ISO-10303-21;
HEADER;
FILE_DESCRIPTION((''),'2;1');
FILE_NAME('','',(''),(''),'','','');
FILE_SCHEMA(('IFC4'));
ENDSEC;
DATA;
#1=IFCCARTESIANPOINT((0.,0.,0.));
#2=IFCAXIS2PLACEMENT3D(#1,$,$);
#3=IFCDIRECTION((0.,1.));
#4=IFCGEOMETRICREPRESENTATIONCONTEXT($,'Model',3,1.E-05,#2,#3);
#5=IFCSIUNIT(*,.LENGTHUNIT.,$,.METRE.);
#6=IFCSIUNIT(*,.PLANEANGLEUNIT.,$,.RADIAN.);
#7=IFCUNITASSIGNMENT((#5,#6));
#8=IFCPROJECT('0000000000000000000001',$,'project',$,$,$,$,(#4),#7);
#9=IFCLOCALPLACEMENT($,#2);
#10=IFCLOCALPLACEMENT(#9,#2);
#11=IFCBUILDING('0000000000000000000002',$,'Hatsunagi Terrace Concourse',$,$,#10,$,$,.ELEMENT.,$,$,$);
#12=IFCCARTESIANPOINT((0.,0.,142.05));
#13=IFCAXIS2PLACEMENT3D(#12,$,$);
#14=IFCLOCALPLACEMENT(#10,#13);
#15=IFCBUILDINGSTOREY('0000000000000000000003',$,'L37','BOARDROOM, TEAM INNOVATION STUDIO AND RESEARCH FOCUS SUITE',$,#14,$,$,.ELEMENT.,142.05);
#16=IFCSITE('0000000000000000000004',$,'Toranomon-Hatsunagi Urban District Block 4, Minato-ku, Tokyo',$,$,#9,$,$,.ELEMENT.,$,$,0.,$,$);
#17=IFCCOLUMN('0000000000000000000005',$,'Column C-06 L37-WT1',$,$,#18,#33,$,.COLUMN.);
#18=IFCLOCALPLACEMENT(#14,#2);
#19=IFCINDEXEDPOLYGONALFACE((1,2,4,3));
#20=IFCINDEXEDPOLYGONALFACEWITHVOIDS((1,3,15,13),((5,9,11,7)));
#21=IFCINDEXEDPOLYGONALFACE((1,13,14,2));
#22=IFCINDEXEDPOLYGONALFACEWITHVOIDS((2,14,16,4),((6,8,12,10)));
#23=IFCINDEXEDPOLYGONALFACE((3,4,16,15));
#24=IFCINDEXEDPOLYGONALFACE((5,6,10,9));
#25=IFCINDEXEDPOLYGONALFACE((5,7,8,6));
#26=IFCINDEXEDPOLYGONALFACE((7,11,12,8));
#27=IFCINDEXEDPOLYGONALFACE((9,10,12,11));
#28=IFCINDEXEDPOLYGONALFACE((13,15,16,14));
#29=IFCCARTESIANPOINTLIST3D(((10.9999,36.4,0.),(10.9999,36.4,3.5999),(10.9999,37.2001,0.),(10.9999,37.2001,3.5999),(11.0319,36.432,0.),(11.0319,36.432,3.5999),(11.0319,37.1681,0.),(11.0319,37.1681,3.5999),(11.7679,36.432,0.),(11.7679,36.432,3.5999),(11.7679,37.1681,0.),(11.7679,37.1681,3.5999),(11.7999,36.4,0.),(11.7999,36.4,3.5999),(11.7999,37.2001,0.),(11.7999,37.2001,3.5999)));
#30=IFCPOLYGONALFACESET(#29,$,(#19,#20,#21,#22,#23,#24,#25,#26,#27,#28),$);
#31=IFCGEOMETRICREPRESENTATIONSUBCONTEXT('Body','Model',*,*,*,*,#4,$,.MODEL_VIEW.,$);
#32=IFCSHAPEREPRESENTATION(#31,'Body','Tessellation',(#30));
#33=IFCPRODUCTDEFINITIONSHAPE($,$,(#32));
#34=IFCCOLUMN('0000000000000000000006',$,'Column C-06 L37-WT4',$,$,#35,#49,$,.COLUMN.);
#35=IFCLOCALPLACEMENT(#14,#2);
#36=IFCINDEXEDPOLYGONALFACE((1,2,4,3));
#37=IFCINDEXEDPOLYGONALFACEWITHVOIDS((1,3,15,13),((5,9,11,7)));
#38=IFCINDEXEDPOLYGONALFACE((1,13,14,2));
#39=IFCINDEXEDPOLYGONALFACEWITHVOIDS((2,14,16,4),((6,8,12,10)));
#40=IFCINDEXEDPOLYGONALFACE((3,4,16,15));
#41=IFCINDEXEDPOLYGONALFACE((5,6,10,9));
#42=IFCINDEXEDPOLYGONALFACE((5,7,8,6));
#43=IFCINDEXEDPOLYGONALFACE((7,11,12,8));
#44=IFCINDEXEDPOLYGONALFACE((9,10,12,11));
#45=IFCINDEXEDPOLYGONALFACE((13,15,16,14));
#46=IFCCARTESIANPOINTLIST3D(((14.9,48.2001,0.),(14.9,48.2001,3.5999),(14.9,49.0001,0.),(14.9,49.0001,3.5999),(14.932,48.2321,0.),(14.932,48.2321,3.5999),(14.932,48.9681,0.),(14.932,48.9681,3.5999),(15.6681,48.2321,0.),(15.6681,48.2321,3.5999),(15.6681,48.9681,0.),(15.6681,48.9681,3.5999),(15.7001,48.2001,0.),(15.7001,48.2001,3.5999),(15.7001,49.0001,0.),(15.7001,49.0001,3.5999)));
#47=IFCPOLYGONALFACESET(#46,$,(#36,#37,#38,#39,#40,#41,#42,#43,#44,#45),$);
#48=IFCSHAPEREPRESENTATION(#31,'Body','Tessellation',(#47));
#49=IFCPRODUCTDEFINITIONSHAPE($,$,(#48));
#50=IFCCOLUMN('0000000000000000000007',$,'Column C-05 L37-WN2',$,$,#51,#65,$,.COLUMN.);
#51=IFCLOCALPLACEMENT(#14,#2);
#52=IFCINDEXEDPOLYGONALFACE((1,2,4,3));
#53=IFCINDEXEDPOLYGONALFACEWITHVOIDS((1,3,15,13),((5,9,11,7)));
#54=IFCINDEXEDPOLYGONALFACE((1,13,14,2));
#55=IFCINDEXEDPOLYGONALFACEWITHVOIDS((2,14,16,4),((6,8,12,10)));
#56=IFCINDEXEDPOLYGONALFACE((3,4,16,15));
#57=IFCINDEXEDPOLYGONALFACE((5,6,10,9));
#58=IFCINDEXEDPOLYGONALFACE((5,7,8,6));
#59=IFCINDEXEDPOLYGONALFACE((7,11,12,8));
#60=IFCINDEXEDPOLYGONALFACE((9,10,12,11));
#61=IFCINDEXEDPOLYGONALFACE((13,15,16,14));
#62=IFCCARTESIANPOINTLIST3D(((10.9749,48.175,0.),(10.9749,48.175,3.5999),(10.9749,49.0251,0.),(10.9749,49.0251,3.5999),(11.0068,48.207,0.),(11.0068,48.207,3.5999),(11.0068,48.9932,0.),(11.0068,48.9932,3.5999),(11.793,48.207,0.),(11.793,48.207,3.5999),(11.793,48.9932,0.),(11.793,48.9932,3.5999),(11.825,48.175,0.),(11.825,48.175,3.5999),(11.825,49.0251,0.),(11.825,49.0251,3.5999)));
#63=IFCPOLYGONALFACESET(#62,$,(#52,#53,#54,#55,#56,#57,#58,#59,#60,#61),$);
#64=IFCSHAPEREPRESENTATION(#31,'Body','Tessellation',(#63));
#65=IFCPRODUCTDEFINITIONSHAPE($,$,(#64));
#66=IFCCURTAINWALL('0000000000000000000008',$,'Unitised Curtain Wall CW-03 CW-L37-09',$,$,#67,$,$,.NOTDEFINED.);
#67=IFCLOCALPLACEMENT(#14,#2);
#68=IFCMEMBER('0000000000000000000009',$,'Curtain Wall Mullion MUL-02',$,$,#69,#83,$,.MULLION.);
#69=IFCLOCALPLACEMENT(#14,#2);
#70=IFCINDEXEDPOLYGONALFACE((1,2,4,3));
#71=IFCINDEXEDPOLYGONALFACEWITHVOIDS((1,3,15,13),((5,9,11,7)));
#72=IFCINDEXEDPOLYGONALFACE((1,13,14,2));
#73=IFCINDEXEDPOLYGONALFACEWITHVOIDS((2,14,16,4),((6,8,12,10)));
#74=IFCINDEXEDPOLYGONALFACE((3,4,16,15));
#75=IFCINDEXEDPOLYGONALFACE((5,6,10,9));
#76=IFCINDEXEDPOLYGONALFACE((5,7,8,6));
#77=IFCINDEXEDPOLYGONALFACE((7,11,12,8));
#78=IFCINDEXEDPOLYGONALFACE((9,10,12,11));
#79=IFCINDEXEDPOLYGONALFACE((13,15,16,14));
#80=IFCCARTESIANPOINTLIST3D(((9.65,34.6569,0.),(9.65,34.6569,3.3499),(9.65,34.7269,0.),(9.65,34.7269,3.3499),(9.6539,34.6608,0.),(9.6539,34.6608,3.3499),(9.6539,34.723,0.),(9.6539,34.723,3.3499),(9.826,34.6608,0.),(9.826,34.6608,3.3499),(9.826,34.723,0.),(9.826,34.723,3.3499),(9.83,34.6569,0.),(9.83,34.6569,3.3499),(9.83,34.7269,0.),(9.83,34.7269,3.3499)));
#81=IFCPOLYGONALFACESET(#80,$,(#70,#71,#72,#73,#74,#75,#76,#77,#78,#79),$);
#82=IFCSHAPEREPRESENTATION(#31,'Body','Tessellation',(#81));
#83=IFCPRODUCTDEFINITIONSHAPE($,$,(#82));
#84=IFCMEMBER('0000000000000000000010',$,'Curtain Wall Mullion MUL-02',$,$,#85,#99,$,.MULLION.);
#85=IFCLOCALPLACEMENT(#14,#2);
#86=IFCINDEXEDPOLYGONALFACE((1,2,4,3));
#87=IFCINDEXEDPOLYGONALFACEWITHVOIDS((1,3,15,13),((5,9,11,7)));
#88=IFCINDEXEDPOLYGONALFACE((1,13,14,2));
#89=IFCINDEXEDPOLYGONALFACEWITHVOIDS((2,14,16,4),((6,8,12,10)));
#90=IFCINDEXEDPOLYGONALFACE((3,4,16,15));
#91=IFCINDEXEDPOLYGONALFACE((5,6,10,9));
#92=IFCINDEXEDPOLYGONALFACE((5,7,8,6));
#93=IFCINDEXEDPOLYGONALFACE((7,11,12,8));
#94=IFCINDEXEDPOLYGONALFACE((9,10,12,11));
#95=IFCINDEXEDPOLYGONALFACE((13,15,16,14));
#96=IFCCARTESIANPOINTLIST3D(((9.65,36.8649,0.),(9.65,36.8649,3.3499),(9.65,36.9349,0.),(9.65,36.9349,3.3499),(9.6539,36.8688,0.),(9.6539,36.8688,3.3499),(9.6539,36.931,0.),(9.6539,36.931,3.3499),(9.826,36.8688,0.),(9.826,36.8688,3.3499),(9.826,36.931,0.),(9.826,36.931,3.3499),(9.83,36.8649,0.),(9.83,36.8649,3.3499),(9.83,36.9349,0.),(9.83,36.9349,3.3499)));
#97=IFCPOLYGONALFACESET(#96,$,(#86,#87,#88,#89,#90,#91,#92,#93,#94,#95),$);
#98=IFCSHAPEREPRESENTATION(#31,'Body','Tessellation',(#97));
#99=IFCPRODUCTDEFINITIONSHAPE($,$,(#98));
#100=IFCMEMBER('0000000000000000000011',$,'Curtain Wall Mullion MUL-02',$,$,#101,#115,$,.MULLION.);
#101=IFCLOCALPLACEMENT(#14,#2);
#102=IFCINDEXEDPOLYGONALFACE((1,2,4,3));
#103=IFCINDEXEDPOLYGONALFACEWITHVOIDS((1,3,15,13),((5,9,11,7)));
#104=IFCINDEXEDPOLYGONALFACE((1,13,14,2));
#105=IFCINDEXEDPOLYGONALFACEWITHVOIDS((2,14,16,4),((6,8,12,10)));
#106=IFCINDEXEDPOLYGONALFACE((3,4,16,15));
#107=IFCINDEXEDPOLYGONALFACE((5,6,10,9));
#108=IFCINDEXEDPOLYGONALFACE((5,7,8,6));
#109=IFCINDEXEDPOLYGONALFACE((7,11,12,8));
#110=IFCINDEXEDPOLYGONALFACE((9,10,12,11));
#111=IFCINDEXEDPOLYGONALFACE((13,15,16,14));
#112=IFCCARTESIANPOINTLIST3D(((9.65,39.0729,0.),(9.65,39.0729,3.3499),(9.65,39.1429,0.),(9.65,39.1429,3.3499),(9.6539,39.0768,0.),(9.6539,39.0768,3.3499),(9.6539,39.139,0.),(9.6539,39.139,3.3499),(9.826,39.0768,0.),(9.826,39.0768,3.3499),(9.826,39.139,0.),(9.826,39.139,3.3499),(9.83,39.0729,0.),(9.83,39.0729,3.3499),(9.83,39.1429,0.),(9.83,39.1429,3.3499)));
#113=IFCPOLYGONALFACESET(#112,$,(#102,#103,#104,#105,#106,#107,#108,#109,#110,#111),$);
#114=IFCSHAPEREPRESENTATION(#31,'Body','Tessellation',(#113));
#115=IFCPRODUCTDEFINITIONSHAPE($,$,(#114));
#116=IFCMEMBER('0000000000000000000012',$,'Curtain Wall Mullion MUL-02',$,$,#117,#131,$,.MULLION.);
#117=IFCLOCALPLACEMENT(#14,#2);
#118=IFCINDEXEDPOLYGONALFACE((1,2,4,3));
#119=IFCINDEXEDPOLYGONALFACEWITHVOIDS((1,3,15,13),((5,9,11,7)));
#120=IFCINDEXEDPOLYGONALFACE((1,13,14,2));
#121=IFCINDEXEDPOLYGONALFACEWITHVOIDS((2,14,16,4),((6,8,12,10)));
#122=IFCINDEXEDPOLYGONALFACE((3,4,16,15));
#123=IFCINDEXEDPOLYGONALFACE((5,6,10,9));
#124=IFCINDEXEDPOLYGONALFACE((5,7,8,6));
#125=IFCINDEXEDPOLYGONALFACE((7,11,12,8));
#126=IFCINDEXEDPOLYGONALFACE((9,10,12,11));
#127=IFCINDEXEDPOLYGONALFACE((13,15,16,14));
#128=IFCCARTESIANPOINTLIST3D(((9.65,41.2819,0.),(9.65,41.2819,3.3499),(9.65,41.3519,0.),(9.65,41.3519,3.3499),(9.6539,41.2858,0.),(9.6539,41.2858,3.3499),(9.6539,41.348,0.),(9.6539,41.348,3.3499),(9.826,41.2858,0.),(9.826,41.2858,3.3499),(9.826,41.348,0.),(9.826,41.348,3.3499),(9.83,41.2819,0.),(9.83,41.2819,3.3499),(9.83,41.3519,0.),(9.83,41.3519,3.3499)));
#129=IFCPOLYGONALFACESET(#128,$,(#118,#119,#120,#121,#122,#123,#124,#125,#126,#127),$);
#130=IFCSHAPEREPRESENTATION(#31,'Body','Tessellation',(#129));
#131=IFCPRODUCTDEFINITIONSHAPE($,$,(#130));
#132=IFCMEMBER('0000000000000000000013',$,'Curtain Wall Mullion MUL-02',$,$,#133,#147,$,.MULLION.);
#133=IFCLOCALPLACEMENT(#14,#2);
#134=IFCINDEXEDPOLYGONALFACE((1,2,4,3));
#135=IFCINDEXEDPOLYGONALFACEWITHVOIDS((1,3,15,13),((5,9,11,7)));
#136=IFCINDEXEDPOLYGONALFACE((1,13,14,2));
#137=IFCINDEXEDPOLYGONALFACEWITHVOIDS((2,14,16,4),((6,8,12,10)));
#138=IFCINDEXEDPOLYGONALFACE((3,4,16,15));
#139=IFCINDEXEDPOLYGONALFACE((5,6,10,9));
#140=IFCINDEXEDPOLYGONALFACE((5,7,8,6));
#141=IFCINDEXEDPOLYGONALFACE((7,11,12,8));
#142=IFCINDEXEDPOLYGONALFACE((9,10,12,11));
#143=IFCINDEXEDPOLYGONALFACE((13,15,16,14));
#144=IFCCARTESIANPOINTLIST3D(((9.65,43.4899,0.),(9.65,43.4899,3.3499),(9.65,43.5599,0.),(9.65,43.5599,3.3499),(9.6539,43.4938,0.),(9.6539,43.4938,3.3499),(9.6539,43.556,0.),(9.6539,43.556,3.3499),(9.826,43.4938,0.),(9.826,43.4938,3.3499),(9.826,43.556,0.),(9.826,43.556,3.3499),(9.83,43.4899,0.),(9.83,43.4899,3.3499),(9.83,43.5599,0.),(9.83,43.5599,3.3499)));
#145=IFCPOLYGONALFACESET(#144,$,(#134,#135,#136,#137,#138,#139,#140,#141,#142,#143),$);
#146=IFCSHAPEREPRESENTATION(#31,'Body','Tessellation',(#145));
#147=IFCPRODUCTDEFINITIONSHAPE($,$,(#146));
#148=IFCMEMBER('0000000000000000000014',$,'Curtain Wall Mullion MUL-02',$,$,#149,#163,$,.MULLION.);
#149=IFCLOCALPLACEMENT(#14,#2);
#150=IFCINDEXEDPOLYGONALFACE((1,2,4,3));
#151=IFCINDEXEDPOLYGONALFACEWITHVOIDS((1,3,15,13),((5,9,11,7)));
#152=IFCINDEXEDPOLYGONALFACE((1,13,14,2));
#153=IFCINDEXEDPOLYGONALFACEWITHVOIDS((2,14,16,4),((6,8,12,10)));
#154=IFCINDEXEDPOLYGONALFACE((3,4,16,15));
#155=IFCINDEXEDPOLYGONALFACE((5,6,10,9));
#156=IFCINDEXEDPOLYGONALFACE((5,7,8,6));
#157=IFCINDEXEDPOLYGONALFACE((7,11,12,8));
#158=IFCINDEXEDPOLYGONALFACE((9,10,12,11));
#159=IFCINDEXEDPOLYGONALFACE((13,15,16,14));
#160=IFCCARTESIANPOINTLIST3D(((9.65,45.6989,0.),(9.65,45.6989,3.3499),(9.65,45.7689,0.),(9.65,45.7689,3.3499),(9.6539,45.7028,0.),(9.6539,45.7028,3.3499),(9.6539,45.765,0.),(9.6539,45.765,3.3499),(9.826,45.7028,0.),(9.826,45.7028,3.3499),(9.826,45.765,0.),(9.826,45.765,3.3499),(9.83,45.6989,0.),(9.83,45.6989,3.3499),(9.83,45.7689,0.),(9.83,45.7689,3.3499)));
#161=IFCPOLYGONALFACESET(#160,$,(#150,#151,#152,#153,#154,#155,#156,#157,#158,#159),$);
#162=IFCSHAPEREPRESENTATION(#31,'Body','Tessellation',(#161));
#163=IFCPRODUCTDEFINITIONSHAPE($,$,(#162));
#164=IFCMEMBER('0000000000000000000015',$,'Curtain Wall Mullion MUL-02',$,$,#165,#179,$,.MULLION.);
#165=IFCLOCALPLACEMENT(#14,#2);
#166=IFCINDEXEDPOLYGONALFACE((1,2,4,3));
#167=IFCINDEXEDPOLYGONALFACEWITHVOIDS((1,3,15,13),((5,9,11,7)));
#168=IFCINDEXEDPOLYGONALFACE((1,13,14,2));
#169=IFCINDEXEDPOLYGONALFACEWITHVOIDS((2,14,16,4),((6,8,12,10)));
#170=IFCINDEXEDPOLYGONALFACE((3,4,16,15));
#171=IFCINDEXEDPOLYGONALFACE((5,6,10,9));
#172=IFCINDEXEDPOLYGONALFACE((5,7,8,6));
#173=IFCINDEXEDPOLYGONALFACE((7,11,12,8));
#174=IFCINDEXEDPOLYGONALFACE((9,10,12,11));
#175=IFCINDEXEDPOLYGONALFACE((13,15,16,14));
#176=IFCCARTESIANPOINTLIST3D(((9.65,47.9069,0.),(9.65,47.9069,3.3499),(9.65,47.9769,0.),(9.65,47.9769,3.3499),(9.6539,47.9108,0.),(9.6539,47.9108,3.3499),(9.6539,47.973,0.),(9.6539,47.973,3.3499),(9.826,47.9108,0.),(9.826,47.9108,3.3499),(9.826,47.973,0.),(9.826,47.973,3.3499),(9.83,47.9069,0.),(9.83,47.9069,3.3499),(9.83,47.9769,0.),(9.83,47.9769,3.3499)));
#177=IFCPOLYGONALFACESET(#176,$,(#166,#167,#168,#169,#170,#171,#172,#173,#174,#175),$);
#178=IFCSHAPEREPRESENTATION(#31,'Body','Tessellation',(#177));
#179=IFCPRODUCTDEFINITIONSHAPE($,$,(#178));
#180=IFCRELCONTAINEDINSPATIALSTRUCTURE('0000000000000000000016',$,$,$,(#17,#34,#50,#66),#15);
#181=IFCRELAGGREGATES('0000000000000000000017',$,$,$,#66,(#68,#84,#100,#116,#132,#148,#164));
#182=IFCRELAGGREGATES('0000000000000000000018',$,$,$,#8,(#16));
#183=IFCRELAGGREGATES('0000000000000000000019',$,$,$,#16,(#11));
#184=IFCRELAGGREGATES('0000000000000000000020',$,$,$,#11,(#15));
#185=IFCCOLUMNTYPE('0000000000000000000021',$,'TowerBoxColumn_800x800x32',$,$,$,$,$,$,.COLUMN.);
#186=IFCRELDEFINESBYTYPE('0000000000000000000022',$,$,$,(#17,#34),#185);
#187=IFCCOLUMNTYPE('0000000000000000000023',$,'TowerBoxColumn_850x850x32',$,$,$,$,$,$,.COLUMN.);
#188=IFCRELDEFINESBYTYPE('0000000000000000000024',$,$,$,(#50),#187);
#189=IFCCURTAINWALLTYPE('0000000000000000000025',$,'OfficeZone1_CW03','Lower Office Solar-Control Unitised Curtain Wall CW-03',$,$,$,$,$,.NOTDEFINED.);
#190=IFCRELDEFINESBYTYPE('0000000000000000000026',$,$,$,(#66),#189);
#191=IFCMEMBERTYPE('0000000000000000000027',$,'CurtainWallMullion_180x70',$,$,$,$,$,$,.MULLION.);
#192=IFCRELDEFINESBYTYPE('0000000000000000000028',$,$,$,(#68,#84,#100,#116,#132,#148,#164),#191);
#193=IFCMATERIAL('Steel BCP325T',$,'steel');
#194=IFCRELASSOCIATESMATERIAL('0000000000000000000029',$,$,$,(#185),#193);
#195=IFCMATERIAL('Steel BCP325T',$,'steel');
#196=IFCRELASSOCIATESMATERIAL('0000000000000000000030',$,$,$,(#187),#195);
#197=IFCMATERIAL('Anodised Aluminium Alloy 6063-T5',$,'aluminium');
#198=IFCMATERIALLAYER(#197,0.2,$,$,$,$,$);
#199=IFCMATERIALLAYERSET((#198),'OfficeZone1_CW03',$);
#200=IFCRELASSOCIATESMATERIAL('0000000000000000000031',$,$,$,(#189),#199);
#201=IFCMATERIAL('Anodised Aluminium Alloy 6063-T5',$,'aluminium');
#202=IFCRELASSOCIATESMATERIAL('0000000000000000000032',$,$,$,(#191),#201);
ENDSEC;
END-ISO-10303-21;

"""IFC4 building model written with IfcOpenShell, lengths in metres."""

from ifc_helpers import new_model, si_unit, direction, frame, origin, origin_2d, place, context, subcontext, project, spatial, hollow_rectangle, extrude, material, layer, layer_set, material_profile, profile_set, type_object, element, aggregate, save


model = new_model("IFC4")

# Units and contexts
model_context = context("Model", 3, precision=1e-05, world=origin(), true_north=direction((0.0, 1.0)))
body_context = subcontext(model_context, "Body", "Model", "MODEL_VIEW")
ifc_project = project(units=[si_unit("LENGTHUNIT", "METRE"), si_unit("PLANEANGLEUNIT", "RADIAN")], contexts=[model_context])

# Site, building, storey
site_placement = place(None, origin())
site = spatial("IfcSite", under=ifc_project, at=site_placement, Name="Toranomon-Hatsunagi Urban District Block 4, Minato-ku, Tokyo", CompositionType="ELEMENT", RefElevation=0.0)
building_placement = place(site_placement, origin())
building = spatial("IfcBuilding", under=site, at=building_placement, Name="Hatsunagi Terrace Concourse", CompositionType="ELEMENT")
storey_placement = place(building_placement, frame((0.0, 0.0, 142.05)))
storey = spatial("IfcBuildingStorey", under=building, at=storey_placement, Name="L37", Description="BOARDROOM, TEAM INNOVATION STUDIO AND RESEARCH FOCUS SUITE", CompositionType="ELEMENT", Elevation=142.05)

# Columns
ifc_material_1 = material(Name="Steel BCP325T", Category="steel")
ifc_material_profile_1 = material_profile(ifc_material_1, hollow_rectangle(XDim=0.8, YDim=0.8, WallThickness=0.032, at=origin_2d()), Name="BCP-800x800x32")
ifc_profile_set_1 = profile_set([ifc_material_profile_1], Name="Steel BCP325T")
column_type_1 = type_object("IfcColumnType", Name="TowerBoxColumn_800x800x32", PredefinedType="COLUMN", material=ifc_profile_set_1)
for number, where, z_axis, x_axis, name in (
    (1, (11.3999, 36.8, 0.0), (0.0, 0.0, 1.0), (1.0, 0.0, 0.0), "Column C-06 L37-WT1"),
    (2, (15.3, 48.6001, 0.0), (0.0, 0.0, 1.0), (1.0, 0.0, 0.0), "Column C-06 L37-WT4"),
):
    element("IfcColumn", number, at=place(storey_placement, frame(where, z_axis=z_axis, x_axis=x_axis)), inside=storey, type_object=column_type_1, Name=name, PredefinedType="COLUMN", context=body_context, shape_type="SweptSolid", body=[
        extrude(hollow_rectangle(XDim=0.8, YDim=0.8, WallThickness=0.032, at=origin_2d()), origin(), (0.0, 0.0, 1.0), 3.5999),
    ])
ifc_material_2 = material(Name="Steel BCP325T", Category="steel")
ifc_material_profile_2 = material_profile(ifc_material_2, hollow_rectangle(XDim=0.8501, YDim=0.8501, WallThickness=0.032, at=origin_2d()), Name="BCP-850x850x32")
ifc_profile_set_2 = profile_set([ifc_material_profile_2], Name="Steel BCP325T")
column_type_2 = type_object("IfcColumnType", Name="TowerBoxColumn_850x850x32", PredefinedType="COLUMN", material=ifc_profile_set_2)
column_placement = place(storey_placement, frame((11.3999, 48.6001, 0.0), z_axis=(0.0, 0.0, 1.0), x_axis=(1.0, 0.0, 0.0)))
element("IfcColumn", 3, at=column_placement, inside=storey, type_object=column_type_2, Name="Column C-05 L37-WN2", PredefinedType="COLUMN", context=body_context, shape_type="SweptSolid", body=[
    extrude(hollow_rectangle(XDim=0.8501, YDim=0.8501, WallThickness=0.032, at=origin_2d()), origin(), (0.0, 0.0, 1.0), 3.5999),
])

# Curtain wall, members
ifc_material_3 = material(Name="Anodised Aluminium Alloy 6063-T5", Category="aluminium")
ifc_layer_1 = layer(ifc_material_3, 0.2)
ifc_layer_set_1 = layer_set([ifc_layer_1], Name="OfficeZone1_CW03")
curtain_wall_type = type_object("IfcCurtainWallType", Name="OfficeZone1_CW03", Description="Lower Office Solar-Control Unitised Curtain Wall CW-03", PredefinedType="NOTDEFINED", material=ifc_layer_set_1)
curtain_wall_placement = place(storey_placement, origin())
curtain_wall = element("IfcCurtainWall", 4, at=curtain_wall_placement, inside=storey, type_object=curtain_wall_type, Name="Unitised Curtain Wall CW-03 CW-L37-09", PredefinedType="NOTDEFINED")
ifc_material_4 = material(Name="Anodised Aluminium Alloy 6063-T5", Category="aluminium")
ifc_material_profile_3 = material_profile(ifc_material_4, hollow_rectangle(XDim=0.0701, YDim=0.1799, WallThickness=0.0039, at=origin_2d()), Name="ALU-MUL-180x70x4")
ifc_profile_set_3 = profile_set([ifc_material_profile_3], Name="Anodised Aluminium Alloy 6063-T5")
member_type = type_object("IfcMemberType", Name="CurtainWallMullion_180x70", PredefinedType="MULLION", material=ifc_profile_set_3)
member_1_placement = place(storey_placement, frame((9.74, 34.6919, 0.0), z_axis=(0.0, 0.0, 1.0), x_axis=(0.0, 1.0, 0.0)))
member_1 = element("IfcMember", 5, at=member_1_placement, type_object=member_type, Name="Curtain Wall Mullion MUL-02", PredefinedType="MULLION", context=body_context, shape_type="SweptSolid", body=[
    extrude(hollow_rectangle(XDim=0.0701, YDim=0.1799, WallThickness=0.0039, at=origin_2d()), origin(), (0.0, 0.0, 1.0), 3.3499),
])
member_2_placement = place(storey_placement, frame((9.74, 36.8999, 0.0), z_axis=(0.0, 0.0, 1.0), x_axis=(0.0, 1.0, 0.0)))
member_2 = element("IfcMember", 6, at=member_2_placement, type_object=member_type, Name="Curtain Wall Mullion MUL-02", PredefinedType="MULLION", context=body_context, shape_type="SweptSolid", body=[
    extrude(hollow_rectangle(XDim=0.0701, YDim=0.1799, WallThickness=0.0039, at=origin_2d()), origin(), (0.0, 0.0, 1.0), 3.3499),
])
member_3_placement = place(storey_placement, frame((9.74, 39.1079, 0.0), z_axis=(0.0, 0.0, 1.0), x_axis=(0.0, 1.0, 0.0)))
member_3 = element("IfcMember", 7, at=member_3_placement, type_object=member_type, Name="Curtain Wall Mullion MUL-02", PredefinedType="MULLION", context=body_context, shape_type="SweptSolid", body=[
    extrude(hollow_rectangle(XDim=0.0701, YDim=0.1799, WallThickness=0.0039, at=origin_2d()), origin(), (0.0, 0.0, 1.0), 3.3499),
])
member_4_placement = place(storey_placement, frame((9.74, 41.3169, 0.0), z_axis=(0.0, 0.0, 1.0), x_axis=(0.0, 1.0, 0.0)))
member_4 = element("IfcMember", 8, at=member_4_placement, type_object=member_type, Name="Curtain Wall Mullion MUL-02", PredefinedType="MULLION", context=body_context, shape_type="SweptSolid", body=[
    extrude(hollow_rectangle(XDim=0.0701, YDim=0.1799, WallThickness=0.0039, at=origin_2d()), origin(), (0.0, 0.0, 1.0), 3.3499),
])
member_5_placement = place(storey_placement, frame((9.74, 43.5249, 0.0), z_axis=(0.0, 0.0, 1.0), x_axis=(0.0, 1.0, 0.0)))
member_5 = element("IfcMember", 9, at=member_5_placement, type_object=member_type, Name="Curtain Wall Mullion MUL-02", PredefinedType="MULLION", context=body_context, shape_type="SweptSolid", body=[
    extrude(hollow_rectangle(XDim=0.0701, YDim=0.1799, WallThickness=0.0039, at=origin_2d()), origin(), (0.0, 0.0, 1.0), 3.3499),
])
member_6_placement = place(storey_placement, frame((9.74, 45.7339, 0.0), z_axis=(0.0, 0.0, 1.0), x_axis=(0.0, 1.0, 0.0)))
member_6 = element("IfcMember", 10, at=member_6_placement, type_object=member_type, Name="Curtain Wall Mullion MUL-02", PredefinedType="MULLION", context=body_context, shape_type="SweptSolid", body=[
    extrude(hollow_rectangle(XDim=0.0701, YDim=0.1799, WallThickness=0.0039, at=origin_2d()), origin(), (0.0, 0.0, 1.0), 3.3499),
])
member_7_placement = place(storey_placement, frame((9.74, 47.9419, 0.0), z_axis=(0.0, 0.0, 1.0), x_axis=(0.0, 1.0, 0.0)))
member_7 = element("IfcMember", 11, at=member_7_placement, type_object=member_type, Name="Curtain Wall Mullion MUL-02", PredefinedType="MULLION", context=body_context, shape_type="SweptSolid", body=[
    extrude(hollow_rectangle(XDim=0.0701, YDim=0.1799, WallThickness=0.0039, at=origin_2d()), origin(), (0.0, 0.0, 1.0), 3.3499),
])

aggregate(curtain_wall, [member_1, member_2, member_3, member_4, member_5, member_6, member_7])

save(model, "model.ifc")
